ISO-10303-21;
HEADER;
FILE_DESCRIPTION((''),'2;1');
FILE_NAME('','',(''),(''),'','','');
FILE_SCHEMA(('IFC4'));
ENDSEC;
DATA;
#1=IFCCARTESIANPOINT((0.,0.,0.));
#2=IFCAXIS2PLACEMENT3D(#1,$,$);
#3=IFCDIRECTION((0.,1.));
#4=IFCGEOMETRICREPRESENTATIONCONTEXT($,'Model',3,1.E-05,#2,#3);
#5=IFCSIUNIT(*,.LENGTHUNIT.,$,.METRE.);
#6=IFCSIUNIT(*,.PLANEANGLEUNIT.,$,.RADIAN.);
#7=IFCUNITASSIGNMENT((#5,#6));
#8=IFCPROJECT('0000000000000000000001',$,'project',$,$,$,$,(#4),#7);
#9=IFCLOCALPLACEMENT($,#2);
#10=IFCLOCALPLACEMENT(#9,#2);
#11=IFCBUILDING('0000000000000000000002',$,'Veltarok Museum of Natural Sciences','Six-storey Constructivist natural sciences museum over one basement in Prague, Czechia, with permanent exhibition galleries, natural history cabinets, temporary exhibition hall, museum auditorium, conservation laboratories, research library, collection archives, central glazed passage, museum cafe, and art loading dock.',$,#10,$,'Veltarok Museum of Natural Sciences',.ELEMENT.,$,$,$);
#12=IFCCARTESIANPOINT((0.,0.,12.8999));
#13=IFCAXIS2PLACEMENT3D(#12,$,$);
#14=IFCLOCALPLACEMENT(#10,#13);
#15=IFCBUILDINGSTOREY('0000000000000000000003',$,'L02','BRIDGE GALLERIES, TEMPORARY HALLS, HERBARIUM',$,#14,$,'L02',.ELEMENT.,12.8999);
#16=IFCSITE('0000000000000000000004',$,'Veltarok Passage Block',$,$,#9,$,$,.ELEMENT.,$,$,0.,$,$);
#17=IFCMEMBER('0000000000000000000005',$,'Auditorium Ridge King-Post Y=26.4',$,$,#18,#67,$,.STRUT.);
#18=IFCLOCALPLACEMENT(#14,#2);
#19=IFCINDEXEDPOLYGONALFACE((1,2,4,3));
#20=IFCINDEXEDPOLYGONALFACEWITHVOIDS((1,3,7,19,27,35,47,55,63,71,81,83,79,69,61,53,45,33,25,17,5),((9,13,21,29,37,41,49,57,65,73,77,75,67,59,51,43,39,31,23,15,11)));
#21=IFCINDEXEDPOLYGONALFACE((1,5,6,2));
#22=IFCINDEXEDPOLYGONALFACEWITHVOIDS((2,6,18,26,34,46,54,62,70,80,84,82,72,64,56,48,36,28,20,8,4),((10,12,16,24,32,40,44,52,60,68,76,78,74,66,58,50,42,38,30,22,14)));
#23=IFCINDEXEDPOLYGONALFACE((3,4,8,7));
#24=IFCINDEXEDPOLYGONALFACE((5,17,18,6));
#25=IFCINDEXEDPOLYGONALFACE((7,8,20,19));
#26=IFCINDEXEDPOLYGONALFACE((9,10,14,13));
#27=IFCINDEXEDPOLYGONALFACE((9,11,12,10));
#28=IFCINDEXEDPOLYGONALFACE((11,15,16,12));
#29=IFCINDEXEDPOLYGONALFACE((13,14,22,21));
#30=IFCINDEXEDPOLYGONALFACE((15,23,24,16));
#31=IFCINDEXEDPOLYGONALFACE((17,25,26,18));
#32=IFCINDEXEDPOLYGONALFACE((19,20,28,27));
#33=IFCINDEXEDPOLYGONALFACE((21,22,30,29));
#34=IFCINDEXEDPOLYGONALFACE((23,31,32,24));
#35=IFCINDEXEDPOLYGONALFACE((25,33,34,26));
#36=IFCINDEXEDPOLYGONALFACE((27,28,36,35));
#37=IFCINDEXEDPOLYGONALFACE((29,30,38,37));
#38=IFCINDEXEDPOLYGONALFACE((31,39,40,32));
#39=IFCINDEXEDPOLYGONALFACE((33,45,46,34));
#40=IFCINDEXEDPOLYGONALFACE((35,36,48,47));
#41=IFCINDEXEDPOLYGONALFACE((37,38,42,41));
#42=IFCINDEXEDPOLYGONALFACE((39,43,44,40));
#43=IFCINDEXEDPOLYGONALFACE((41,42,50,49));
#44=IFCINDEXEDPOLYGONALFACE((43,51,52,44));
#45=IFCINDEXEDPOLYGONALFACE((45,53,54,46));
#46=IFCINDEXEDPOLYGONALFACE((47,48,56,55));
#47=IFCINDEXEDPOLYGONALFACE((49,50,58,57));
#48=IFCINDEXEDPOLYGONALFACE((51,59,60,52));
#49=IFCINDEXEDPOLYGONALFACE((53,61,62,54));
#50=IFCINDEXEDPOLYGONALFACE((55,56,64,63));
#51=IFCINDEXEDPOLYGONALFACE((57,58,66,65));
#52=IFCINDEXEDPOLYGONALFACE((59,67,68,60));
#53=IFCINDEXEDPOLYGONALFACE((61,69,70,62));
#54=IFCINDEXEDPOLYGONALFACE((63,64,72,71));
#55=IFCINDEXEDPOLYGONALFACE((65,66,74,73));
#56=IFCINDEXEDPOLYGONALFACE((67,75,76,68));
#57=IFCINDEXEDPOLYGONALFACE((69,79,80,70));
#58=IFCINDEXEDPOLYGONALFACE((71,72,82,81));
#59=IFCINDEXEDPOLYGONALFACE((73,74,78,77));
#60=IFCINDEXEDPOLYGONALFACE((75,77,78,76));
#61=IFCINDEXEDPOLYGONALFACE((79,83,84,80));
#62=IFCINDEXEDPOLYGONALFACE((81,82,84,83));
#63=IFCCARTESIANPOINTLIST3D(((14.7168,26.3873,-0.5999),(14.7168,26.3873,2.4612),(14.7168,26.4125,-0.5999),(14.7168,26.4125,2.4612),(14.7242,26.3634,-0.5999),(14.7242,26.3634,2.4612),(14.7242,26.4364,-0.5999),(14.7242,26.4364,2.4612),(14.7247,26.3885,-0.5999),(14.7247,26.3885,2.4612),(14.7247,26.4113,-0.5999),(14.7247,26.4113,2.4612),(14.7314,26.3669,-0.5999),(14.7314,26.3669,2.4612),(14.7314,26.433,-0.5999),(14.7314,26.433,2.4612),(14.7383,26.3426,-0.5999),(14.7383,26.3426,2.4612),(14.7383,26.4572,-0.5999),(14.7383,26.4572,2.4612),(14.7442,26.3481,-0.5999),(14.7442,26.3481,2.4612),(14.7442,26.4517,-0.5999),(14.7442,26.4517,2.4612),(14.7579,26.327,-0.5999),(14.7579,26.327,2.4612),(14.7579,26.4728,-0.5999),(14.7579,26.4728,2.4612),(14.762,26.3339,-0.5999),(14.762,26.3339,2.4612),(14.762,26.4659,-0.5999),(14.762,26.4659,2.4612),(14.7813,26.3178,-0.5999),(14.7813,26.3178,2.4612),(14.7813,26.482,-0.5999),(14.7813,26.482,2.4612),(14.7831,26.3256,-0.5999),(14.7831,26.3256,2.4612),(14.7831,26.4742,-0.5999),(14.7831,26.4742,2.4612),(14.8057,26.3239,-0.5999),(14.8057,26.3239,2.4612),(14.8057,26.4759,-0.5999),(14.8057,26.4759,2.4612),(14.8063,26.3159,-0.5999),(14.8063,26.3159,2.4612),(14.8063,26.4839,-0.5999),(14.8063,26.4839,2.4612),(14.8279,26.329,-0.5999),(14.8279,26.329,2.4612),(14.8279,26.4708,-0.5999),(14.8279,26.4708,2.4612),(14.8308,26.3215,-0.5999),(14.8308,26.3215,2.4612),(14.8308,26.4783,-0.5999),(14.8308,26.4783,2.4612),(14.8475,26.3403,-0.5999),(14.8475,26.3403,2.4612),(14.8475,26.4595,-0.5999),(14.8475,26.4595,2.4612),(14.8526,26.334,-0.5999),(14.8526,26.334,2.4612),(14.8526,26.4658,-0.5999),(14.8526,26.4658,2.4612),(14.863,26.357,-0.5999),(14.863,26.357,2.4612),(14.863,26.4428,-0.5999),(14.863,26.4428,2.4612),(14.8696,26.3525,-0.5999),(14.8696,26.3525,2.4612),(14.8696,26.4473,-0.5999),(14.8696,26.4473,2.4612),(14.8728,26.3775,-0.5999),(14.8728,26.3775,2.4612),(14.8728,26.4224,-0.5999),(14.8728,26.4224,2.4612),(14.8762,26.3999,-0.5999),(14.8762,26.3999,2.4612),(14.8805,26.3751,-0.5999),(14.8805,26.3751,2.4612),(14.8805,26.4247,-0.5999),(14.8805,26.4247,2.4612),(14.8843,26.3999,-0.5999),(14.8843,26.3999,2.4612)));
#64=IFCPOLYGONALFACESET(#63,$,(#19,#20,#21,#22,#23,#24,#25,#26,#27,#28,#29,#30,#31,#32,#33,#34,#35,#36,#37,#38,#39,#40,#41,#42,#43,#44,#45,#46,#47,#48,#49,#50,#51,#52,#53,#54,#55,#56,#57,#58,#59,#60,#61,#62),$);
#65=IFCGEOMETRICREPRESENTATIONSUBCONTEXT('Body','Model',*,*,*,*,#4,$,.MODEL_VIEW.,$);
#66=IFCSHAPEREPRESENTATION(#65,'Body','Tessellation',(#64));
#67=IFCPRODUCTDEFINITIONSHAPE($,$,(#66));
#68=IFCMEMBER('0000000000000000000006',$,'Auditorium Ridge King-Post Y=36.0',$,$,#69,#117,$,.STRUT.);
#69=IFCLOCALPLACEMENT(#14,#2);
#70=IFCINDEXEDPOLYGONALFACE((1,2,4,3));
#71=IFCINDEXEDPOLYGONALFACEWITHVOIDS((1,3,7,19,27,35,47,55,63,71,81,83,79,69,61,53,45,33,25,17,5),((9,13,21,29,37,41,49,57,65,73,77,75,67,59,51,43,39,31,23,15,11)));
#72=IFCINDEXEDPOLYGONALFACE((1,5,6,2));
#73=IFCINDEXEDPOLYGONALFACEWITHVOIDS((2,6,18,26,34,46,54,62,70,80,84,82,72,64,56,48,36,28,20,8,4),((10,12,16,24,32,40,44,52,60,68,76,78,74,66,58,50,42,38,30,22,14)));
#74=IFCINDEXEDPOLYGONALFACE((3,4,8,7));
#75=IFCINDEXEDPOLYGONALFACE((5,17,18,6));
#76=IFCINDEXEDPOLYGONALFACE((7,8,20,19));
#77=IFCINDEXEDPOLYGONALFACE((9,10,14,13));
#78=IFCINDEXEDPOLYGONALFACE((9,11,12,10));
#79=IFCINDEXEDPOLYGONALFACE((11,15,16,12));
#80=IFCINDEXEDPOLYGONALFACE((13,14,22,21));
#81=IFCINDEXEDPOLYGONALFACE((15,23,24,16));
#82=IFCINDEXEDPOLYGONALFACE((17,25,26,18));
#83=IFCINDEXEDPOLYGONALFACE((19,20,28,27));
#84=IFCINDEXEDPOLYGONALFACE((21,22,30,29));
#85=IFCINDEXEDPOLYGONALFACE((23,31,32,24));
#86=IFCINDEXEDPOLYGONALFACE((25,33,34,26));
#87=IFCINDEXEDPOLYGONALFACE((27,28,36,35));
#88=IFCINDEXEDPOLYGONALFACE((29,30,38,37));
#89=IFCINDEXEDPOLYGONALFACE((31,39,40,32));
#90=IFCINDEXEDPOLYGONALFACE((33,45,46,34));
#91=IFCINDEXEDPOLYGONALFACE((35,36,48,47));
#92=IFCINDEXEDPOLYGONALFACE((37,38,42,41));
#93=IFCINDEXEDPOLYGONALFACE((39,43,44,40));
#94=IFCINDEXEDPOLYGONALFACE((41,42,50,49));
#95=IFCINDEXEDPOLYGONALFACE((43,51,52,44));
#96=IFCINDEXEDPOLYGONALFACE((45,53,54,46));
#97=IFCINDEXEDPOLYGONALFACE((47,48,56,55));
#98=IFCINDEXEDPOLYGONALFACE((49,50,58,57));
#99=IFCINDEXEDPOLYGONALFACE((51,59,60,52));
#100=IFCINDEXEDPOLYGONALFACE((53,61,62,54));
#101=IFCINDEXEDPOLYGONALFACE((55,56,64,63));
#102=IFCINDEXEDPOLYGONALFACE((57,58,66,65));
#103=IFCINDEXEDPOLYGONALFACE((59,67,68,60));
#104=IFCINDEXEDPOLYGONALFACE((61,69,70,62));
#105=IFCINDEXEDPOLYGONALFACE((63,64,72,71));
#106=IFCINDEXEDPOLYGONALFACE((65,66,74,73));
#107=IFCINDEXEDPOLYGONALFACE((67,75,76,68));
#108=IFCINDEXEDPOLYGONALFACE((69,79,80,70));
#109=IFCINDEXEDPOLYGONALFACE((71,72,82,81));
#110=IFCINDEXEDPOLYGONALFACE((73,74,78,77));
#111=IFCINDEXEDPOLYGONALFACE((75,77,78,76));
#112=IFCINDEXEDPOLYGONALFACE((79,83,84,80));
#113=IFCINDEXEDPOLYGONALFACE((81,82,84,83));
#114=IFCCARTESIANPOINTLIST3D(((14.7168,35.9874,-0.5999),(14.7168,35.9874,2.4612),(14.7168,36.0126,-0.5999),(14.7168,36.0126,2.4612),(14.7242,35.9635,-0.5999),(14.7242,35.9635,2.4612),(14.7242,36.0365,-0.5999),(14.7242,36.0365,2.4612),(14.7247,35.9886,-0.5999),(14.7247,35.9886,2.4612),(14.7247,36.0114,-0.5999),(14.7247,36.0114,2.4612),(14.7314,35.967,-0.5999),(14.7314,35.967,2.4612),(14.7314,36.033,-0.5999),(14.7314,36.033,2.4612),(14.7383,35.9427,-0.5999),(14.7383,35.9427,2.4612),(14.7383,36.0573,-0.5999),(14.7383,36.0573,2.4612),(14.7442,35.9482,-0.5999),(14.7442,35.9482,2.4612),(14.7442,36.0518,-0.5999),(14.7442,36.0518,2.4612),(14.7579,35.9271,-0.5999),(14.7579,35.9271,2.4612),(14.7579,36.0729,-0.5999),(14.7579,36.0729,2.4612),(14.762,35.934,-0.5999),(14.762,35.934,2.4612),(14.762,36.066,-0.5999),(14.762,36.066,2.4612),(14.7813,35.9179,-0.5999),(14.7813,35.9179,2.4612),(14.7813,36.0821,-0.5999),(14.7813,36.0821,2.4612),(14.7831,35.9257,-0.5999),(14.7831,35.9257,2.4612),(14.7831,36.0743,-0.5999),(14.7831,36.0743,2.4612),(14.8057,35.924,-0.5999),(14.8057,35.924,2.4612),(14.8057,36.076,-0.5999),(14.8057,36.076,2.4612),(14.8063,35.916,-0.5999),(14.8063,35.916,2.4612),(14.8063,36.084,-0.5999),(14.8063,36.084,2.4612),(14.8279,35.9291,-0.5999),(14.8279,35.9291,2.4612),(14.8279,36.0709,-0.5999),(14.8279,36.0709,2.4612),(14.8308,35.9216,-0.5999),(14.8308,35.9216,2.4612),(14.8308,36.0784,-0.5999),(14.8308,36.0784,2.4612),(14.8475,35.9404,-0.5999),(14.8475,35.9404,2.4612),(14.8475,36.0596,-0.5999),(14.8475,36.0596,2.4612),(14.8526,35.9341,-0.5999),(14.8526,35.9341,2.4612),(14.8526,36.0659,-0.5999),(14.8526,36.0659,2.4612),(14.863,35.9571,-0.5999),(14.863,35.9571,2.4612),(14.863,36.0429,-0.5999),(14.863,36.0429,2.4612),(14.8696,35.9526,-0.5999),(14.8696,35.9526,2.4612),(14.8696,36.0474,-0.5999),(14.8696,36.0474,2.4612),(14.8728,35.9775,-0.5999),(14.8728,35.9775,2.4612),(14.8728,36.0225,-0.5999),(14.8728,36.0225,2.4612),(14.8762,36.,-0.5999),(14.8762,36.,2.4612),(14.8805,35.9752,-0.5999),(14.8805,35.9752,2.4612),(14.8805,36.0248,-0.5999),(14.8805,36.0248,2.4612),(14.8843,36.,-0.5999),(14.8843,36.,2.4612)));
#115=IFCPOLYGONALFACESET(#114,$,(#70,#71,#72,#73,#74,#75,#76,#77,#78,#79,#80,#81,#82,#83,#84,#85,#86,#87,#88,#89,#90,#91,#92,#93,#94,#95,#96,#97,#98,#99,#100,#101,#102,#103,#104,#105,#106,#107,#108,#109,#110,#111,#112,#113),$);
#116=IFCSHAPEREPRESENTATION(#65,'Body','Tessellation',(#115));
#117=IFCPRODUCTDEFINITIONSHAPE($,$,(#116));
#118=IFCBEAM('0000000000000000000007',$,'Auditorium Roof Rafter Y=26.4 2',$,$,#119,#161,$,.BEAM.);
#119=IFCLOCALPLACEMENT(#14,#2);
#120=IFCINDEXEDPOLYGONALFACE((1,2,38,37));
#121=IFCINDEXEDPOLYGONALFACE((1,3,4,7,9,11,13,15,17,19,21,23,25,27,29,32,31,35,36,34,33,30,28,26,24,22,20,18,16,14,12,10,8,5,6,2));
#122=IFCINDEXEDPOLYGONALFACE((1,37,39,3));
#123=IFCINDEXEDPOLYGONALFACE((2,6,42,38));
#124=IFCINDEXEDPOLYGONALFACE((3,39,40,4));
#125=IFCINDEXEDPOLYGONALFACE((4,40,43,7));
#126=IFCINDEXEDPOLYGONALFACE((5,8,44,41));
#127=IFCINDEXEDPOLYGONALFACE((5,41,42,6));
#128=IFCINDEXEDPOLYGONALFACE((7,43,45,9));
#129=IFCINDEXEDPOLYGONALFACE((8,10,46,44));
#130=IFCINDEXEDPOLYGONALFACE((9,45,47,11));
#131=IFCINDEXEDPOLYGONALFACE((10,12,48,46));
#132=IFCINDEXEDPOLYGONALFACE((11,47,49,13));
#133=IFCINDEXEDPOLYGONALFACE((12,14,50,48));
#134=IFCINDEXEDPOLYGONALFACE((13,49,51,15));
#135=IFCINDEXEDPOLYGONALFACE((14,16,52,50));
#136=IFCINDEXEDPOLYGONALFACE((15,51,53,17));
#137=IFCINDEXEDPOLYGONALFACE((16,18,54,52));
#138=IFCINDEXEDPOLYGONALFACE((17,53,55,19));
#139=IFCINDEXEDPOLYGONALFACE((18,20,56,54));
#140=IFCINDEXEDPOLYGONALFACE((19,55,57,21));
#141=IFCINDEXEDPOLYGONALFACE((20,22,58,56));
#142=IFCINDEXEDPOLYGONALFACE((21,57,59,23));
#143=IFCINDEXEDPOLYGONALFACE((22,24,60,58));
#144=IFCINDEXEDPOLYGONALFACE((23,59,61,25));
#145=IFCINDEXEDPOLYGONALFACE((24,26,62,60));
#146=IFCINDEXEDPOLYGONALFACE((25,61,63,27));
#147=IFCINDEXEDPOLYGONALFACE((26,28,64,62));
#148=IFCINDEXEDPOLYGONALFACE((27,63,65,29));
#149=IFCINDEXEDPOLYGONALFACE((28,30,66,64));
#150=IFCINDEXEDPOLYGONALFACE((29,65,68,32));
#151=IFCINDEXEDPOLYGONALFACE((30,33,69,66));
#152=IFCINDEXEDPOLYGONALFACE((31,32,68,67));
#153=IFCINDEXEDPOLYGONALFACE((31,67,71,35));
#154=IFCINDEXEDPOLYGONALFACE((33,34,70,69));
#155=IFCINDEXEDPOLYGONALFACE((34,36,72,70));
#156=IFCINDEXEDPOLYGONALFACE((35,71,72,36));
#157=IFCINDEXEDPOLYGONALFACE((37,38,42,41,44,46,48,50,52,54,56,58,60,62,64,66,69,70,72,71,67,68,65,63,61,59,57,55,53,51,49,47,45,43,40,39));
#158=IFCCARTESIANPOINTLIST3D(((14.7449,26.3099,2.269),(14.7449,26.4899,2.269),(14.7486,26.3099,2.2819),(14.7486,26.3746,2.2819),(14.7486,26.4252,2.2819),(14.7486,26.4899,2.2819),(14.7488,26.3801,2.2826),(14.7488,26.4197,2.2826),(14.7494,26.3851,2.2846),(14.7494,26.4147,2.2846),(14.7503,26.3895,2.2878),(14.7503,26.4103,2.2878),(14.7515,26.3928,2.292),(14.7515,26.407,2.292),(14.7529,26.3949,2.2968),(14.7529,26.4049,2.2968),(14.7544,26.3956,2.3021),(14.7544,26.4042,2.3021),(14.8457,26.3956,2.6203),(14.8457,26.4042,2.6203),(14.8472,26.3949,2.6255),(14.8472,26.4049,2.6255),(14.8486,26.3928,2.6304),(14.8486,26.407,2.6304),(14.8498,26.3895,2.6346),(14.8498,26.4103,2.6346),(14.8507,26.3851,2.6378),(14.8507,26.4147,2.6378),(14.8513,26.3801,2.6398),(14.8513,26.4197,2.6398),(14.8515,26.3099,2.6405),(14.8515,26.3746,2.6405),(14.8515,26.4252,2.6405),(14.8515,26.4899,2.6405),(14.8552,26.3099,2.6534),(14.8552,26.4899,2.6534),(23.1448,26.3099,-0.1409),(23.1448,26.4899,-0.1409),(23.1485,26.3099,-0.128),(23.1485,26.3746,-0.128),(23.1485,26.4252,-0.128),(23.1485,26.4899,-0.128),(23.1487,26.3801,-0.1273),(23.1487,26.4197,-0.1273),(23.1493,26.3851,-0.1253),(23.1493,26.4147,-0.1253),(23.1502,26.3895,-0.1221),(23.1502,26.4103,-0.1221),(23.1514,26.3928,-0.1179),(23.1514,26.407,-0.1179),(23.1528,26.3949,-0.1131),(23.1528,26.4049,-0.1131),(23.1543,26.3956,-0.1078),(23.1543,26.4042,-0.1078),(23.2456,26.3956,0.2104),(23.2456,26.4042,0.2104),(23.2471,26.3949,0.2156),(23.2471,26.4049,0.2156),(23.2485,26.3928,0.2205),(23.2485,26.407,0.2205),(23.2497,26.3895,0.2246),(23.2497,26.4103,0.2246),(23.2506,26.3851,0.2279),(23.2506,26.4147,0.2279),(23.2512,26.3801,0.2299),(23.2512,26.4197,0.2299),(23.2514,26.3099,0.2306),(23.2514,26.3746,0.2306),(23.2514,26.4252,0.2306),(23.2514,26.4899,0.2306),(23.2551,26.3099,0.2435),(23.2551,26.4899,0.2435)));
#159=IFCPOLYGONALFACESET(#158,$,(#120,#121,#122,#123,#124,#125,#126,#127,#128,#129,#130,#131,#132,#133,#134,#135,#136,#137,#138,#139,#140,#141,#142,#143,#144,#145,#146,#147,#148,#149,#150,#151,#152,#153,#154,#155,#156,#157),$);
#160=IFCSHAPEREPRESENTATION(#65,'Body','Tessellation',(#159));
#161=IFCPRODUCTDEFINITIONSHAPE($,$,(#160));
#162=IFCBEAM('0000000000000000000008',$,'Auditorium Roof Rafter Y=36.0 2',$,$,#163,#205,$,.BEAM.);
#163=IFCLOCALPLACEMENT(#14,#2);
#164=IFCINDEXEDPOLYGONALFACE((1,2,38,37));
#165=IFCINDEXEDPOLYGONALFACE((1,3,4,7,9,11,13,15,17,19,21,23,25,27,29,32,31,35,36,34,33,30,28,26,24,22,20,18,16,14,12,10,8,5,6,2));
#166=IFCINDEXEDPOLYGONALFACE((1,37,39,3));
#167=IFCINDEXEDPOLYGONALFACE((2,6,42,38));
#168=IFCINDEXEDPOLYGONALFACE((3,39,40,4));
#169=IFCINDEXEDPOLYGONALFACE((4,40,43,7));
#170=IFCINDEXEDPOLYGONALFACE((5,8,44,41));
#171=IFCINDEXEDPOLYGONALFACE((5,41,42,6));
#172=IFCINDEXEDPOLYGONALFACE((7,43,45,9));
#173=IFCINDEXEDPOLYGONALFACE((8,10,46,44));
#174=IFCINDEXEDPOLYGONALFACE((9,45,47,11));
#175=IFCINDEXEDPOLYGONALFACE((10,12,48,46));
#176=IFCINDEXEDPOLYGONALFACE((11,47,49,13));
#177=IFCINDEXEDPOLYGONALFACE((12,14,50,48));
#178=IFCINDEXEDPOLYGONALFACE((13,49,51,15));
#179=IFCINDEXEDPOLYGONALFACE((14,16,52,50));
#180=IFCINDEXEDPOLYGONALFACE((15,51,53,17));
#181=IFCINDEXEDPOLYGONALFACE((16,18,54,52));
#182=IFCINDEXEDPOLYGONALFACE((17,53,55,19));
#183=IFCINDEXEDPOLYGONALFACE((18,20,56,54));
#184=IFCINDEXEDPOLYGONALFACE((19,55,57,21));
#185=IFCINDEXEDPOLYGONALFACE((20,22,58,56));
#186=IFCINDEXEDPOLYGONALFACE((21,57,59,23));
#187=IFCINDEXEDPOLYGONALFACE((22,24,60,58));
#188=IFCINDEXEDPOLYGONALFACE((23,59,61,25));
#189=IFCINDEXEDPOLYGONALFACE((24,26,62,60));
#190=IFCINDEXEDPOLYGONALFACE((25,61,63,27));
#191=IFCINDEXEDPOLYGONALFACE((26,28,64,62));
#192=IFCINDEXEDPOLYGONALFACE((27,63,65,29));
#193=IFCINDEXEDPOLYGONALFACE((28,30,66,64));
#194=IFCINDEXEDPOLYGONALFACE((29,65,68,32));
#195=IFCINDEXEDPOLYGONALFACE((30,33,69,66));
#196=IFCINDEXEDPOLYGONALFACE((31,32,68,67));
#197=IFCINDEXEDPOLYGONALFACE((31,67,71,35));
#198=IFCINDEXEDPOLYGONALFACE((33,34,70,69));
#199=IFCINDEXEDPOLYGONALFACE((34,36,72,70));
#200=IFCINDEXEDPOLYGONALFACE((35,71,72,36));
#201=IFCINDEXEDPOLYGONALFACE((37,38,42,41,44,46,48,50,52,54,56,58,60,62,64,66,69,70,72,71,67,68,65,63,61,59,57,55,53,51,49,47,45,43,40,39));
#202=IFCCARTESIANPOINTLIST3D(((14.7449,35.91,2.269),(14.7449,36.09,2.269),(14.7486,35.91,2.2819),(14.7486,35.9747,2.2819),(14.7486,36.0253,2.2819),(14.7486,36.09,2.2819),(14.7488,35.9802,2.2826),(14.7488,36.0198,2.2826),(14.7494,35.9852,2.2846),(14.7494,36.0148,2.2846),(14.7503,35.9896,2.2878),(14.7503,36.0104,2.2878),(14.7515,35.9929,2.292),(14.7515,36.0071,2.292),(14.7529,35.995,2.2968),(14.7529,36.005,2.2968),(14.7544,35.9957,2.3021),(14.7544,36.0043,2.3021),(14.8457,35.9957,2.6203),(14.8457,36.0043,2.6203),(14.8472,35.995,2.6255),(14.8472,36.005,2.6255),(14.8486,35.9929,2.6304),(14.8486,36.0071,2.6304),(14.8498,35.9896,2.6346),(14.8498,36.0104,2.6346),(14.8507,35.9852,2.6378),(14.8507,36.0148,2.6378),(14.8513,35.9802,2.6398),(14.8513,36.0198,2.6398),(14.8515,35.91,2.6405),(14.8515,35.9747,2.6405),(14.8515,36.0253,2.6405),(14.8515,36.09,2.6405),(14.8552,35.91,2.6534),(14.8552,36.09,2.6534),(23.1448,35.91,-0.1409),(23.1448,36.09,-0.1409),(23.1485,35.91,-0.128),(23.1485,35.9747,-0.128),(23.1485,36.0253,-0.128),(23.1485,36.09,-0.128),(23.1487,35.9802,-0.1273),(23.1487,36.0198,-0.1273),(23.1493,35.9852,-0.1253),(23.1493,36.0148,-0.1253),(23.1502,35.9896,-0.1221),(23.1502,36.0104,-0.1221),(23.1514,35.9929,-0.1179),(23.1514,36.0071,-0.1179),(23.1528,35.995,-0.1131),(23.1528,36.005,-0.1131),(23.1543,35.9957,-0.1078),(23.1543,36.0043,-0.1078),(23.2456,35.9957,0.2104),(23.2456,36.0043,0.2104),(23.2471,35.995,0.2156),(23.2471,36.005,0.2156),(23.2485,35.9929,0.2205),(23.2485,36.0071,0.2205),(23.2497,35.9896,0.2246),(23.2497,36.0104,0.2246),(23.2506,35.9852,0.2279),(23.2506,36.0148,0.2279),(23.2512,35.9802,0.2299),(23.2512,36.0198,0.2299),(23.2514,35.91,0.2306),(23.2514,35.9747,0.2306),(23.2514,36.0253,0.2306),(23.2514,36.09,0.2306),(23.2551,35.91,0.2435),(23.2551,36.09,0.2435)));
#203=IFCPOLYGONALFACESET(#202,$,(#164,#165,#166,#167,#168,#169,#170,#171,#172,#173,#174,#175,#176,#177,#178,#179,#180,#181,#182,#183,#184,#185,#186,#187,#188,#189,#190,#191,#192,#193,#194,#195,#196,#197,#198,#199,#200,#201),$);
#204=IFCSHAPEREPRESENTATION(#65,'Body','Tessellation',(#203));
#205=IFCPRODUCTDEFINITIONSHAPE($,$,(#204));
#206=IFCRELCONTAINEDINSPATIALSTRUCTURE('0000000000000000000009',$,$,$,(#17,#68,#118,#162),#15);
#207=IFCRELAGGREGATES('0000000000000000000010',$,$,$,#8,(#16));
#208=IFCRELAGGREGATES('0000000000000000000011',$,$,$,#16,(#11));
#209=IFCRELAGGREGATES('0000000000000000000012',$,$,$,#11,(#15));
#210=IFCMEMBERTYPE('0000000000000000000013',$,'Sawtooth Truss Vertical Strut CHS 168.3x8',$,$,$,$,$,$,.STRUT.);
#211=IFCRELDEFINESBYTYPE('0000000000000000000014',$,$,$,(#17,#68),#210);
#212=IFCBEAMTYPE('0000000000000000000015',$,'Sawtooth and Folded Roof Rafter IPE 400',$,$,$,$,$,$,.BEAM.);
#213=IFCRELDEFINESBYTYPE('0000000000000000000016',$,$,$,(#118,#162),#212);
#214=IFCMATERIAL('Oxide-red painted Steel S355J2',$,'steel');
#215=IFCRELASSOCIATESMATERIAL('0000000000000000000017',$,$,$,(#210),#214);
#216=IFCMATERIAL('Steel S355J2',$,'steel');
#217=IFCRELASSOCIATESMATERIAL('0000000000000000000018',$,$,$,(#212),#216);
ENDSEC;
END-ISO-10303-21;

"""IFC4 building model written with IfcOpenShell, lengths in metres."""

from ifc_helpers import new_model, si_unit, direction, frame, origin, origin_2d, place, context, subcontext, project, spatial, hollow_circle, i_section, extrude, material, material_profile, profile_set, type_object, element, save


model = new_model("IFC4")

# Units and contexts
model_context = context("Model", 3, precision=1e-05, world=origin(), true_north=direction((0.0, 1.0)))
body_context = subcontext(model_context, "Body", "Model", "MODEL_VIEW")
ifc_project = project(units=[si_unit("LENGTHUNIT", "METRE"), si_unit("PLANEANGLEUNIT", "RADIAN")], contexts=[model_context])

# Site, building, storey
site_placement = place(None, origin())
site = spatial("IfcSite", under=ifc_project, at=site_placement, Name="Veltarok Passage Block", CompositionType="ELEMENT", RefElevation=0.0)
building_placement = place(site_placement, origin())
building = spatial("IfcBuilding", under=site, at=building_placement, Name="Veltarok Museum of Natural Sciences", Description="Six-storey Constructivist natural sciences museum over one basement in Prague, Czechia, with permanent exhibition galleries, natural history cabinets, temporary exhibition hall, museum auditorium, conservation laboratories, research library, collection archives, central glazed passage, museum cafe, and art loading dock.", LongName="Veltarok Museum of Natural Sciences", CompositionType="ELEMENT")
storey_placement = place(building_placement, frame((0.0, 0.0, 12.8999)))
storey = spatial("IfcBuildingStorey", under=building, at=storey_placement, Name="L02", Description="BRIDGE GALLERIES, TEMPORARY HALLS, HERBARIUM", LongName="L02", CompositionType="ELEMENT", Elevation=12.8999)

# Shared definitions
ifc_material_1 = material(Name="Steel S355J2", Category="steel")

# Members
ifc_material_2 = material(Name="Oxide-red painted Steel S355J2", Category="steel")
ifc_material_profile_1 = material_profile(ifc_material_2, hollow_circle(Radius=0.0842, WallThickness=0.0081, at=origin_2d()), Name="CHS 168.3x8")
ifc_profile_set_1 = profile_set([ifc_material_profile_1], Name="Oxide-red painted Steel S355J2")
member_type_1 = type_object("IfcMemberType", Name="Sawtooth Truss Vertical Strut CHS 168.3x8", PredefinedType="STRUT", material=ifc_profile_set_1)
for number, where, z_axis, x_axis, name in (
    (1, (14.8, 26.3999, -0.5999), (0.0, 0.0, 1.0), (1.0, 0.0, 0.0), "Auditorium Ridge King-Post Y=26.4"),
    (2, (14.8, 36.0, -0.5999), (0.0, 0.0, 1.0), (1.0, 0.0, 0.0), "Auditorium Ridge King-Post Y=36.0"),
):
    element("IfcMember", number, at=place(storey_placement, frame(where, z_axis=z_axis, x_axis=x_axis)), inside=storey, type_object=member_type_1, Name=name, PredefinedType="STRUT", context=body_context, shape_type="SweptSolid", body=[
        extrude(hollow_circle(Radius=0.0842, WallThickness=0.0081, at=origin_2d()), origin(), (0.0, 0.0, 1.0), 3.061),
    ])

# Beams
ifc_material_profile_2 = material_profile(ifc_material_1, i_section(OverallWidth=0.1799, OverallDepth=0.3999, WebThickness=0.0085, FlangeThickness=0.0134, FilletRadius=0.021, at=origin_2d()), Name="IPE 400")
ifc_profile_set_2 = profile_set([ifc_material_profile_2], Name="Steel S355J2")
beam_type_1 = type_object("IfcBeamType", Name="Sawtooth and Folded Roof Rafter IPE 400", PredefinedType="BEAM", material=ifc_profile_set_2)
for number, where, z_axis, x_axis, name in (
    (3, (14.8, 26.3999, 2.4612), (0.961223, 0.0, -0.275773), (0.0, 1.0, 0.0), "Auditorium Roof Rafter Y=26.4 2"),
    (4, (14.8, 36.0, 2.4612), (0.961223, 0.0, -0.275773), (0.0, 1.0, 0.0), "Auditorium Roof Rafter Y=36.0 2"),
):
    element("IfcBeam", number, at=place(storey_placement, frame(where, z_axis=z_axis, x_axis=x_axis)), inside=storey, type_object=beam_type_1, Name=name, PredefinedType="BEAM", context=body_context, shape_type="SweptSolid", body=[
        extrude(i_section(OverallWidth=0.1799, OverallDepth=0.3999, WebThickness=0.0085, FlangeThickness=0.0134, FilletRadius=0.021, at=origin_2d()), origin(), (0.0, 0.0, 1.0), 8.7388),
    ])

save(model, "model.ifc")
